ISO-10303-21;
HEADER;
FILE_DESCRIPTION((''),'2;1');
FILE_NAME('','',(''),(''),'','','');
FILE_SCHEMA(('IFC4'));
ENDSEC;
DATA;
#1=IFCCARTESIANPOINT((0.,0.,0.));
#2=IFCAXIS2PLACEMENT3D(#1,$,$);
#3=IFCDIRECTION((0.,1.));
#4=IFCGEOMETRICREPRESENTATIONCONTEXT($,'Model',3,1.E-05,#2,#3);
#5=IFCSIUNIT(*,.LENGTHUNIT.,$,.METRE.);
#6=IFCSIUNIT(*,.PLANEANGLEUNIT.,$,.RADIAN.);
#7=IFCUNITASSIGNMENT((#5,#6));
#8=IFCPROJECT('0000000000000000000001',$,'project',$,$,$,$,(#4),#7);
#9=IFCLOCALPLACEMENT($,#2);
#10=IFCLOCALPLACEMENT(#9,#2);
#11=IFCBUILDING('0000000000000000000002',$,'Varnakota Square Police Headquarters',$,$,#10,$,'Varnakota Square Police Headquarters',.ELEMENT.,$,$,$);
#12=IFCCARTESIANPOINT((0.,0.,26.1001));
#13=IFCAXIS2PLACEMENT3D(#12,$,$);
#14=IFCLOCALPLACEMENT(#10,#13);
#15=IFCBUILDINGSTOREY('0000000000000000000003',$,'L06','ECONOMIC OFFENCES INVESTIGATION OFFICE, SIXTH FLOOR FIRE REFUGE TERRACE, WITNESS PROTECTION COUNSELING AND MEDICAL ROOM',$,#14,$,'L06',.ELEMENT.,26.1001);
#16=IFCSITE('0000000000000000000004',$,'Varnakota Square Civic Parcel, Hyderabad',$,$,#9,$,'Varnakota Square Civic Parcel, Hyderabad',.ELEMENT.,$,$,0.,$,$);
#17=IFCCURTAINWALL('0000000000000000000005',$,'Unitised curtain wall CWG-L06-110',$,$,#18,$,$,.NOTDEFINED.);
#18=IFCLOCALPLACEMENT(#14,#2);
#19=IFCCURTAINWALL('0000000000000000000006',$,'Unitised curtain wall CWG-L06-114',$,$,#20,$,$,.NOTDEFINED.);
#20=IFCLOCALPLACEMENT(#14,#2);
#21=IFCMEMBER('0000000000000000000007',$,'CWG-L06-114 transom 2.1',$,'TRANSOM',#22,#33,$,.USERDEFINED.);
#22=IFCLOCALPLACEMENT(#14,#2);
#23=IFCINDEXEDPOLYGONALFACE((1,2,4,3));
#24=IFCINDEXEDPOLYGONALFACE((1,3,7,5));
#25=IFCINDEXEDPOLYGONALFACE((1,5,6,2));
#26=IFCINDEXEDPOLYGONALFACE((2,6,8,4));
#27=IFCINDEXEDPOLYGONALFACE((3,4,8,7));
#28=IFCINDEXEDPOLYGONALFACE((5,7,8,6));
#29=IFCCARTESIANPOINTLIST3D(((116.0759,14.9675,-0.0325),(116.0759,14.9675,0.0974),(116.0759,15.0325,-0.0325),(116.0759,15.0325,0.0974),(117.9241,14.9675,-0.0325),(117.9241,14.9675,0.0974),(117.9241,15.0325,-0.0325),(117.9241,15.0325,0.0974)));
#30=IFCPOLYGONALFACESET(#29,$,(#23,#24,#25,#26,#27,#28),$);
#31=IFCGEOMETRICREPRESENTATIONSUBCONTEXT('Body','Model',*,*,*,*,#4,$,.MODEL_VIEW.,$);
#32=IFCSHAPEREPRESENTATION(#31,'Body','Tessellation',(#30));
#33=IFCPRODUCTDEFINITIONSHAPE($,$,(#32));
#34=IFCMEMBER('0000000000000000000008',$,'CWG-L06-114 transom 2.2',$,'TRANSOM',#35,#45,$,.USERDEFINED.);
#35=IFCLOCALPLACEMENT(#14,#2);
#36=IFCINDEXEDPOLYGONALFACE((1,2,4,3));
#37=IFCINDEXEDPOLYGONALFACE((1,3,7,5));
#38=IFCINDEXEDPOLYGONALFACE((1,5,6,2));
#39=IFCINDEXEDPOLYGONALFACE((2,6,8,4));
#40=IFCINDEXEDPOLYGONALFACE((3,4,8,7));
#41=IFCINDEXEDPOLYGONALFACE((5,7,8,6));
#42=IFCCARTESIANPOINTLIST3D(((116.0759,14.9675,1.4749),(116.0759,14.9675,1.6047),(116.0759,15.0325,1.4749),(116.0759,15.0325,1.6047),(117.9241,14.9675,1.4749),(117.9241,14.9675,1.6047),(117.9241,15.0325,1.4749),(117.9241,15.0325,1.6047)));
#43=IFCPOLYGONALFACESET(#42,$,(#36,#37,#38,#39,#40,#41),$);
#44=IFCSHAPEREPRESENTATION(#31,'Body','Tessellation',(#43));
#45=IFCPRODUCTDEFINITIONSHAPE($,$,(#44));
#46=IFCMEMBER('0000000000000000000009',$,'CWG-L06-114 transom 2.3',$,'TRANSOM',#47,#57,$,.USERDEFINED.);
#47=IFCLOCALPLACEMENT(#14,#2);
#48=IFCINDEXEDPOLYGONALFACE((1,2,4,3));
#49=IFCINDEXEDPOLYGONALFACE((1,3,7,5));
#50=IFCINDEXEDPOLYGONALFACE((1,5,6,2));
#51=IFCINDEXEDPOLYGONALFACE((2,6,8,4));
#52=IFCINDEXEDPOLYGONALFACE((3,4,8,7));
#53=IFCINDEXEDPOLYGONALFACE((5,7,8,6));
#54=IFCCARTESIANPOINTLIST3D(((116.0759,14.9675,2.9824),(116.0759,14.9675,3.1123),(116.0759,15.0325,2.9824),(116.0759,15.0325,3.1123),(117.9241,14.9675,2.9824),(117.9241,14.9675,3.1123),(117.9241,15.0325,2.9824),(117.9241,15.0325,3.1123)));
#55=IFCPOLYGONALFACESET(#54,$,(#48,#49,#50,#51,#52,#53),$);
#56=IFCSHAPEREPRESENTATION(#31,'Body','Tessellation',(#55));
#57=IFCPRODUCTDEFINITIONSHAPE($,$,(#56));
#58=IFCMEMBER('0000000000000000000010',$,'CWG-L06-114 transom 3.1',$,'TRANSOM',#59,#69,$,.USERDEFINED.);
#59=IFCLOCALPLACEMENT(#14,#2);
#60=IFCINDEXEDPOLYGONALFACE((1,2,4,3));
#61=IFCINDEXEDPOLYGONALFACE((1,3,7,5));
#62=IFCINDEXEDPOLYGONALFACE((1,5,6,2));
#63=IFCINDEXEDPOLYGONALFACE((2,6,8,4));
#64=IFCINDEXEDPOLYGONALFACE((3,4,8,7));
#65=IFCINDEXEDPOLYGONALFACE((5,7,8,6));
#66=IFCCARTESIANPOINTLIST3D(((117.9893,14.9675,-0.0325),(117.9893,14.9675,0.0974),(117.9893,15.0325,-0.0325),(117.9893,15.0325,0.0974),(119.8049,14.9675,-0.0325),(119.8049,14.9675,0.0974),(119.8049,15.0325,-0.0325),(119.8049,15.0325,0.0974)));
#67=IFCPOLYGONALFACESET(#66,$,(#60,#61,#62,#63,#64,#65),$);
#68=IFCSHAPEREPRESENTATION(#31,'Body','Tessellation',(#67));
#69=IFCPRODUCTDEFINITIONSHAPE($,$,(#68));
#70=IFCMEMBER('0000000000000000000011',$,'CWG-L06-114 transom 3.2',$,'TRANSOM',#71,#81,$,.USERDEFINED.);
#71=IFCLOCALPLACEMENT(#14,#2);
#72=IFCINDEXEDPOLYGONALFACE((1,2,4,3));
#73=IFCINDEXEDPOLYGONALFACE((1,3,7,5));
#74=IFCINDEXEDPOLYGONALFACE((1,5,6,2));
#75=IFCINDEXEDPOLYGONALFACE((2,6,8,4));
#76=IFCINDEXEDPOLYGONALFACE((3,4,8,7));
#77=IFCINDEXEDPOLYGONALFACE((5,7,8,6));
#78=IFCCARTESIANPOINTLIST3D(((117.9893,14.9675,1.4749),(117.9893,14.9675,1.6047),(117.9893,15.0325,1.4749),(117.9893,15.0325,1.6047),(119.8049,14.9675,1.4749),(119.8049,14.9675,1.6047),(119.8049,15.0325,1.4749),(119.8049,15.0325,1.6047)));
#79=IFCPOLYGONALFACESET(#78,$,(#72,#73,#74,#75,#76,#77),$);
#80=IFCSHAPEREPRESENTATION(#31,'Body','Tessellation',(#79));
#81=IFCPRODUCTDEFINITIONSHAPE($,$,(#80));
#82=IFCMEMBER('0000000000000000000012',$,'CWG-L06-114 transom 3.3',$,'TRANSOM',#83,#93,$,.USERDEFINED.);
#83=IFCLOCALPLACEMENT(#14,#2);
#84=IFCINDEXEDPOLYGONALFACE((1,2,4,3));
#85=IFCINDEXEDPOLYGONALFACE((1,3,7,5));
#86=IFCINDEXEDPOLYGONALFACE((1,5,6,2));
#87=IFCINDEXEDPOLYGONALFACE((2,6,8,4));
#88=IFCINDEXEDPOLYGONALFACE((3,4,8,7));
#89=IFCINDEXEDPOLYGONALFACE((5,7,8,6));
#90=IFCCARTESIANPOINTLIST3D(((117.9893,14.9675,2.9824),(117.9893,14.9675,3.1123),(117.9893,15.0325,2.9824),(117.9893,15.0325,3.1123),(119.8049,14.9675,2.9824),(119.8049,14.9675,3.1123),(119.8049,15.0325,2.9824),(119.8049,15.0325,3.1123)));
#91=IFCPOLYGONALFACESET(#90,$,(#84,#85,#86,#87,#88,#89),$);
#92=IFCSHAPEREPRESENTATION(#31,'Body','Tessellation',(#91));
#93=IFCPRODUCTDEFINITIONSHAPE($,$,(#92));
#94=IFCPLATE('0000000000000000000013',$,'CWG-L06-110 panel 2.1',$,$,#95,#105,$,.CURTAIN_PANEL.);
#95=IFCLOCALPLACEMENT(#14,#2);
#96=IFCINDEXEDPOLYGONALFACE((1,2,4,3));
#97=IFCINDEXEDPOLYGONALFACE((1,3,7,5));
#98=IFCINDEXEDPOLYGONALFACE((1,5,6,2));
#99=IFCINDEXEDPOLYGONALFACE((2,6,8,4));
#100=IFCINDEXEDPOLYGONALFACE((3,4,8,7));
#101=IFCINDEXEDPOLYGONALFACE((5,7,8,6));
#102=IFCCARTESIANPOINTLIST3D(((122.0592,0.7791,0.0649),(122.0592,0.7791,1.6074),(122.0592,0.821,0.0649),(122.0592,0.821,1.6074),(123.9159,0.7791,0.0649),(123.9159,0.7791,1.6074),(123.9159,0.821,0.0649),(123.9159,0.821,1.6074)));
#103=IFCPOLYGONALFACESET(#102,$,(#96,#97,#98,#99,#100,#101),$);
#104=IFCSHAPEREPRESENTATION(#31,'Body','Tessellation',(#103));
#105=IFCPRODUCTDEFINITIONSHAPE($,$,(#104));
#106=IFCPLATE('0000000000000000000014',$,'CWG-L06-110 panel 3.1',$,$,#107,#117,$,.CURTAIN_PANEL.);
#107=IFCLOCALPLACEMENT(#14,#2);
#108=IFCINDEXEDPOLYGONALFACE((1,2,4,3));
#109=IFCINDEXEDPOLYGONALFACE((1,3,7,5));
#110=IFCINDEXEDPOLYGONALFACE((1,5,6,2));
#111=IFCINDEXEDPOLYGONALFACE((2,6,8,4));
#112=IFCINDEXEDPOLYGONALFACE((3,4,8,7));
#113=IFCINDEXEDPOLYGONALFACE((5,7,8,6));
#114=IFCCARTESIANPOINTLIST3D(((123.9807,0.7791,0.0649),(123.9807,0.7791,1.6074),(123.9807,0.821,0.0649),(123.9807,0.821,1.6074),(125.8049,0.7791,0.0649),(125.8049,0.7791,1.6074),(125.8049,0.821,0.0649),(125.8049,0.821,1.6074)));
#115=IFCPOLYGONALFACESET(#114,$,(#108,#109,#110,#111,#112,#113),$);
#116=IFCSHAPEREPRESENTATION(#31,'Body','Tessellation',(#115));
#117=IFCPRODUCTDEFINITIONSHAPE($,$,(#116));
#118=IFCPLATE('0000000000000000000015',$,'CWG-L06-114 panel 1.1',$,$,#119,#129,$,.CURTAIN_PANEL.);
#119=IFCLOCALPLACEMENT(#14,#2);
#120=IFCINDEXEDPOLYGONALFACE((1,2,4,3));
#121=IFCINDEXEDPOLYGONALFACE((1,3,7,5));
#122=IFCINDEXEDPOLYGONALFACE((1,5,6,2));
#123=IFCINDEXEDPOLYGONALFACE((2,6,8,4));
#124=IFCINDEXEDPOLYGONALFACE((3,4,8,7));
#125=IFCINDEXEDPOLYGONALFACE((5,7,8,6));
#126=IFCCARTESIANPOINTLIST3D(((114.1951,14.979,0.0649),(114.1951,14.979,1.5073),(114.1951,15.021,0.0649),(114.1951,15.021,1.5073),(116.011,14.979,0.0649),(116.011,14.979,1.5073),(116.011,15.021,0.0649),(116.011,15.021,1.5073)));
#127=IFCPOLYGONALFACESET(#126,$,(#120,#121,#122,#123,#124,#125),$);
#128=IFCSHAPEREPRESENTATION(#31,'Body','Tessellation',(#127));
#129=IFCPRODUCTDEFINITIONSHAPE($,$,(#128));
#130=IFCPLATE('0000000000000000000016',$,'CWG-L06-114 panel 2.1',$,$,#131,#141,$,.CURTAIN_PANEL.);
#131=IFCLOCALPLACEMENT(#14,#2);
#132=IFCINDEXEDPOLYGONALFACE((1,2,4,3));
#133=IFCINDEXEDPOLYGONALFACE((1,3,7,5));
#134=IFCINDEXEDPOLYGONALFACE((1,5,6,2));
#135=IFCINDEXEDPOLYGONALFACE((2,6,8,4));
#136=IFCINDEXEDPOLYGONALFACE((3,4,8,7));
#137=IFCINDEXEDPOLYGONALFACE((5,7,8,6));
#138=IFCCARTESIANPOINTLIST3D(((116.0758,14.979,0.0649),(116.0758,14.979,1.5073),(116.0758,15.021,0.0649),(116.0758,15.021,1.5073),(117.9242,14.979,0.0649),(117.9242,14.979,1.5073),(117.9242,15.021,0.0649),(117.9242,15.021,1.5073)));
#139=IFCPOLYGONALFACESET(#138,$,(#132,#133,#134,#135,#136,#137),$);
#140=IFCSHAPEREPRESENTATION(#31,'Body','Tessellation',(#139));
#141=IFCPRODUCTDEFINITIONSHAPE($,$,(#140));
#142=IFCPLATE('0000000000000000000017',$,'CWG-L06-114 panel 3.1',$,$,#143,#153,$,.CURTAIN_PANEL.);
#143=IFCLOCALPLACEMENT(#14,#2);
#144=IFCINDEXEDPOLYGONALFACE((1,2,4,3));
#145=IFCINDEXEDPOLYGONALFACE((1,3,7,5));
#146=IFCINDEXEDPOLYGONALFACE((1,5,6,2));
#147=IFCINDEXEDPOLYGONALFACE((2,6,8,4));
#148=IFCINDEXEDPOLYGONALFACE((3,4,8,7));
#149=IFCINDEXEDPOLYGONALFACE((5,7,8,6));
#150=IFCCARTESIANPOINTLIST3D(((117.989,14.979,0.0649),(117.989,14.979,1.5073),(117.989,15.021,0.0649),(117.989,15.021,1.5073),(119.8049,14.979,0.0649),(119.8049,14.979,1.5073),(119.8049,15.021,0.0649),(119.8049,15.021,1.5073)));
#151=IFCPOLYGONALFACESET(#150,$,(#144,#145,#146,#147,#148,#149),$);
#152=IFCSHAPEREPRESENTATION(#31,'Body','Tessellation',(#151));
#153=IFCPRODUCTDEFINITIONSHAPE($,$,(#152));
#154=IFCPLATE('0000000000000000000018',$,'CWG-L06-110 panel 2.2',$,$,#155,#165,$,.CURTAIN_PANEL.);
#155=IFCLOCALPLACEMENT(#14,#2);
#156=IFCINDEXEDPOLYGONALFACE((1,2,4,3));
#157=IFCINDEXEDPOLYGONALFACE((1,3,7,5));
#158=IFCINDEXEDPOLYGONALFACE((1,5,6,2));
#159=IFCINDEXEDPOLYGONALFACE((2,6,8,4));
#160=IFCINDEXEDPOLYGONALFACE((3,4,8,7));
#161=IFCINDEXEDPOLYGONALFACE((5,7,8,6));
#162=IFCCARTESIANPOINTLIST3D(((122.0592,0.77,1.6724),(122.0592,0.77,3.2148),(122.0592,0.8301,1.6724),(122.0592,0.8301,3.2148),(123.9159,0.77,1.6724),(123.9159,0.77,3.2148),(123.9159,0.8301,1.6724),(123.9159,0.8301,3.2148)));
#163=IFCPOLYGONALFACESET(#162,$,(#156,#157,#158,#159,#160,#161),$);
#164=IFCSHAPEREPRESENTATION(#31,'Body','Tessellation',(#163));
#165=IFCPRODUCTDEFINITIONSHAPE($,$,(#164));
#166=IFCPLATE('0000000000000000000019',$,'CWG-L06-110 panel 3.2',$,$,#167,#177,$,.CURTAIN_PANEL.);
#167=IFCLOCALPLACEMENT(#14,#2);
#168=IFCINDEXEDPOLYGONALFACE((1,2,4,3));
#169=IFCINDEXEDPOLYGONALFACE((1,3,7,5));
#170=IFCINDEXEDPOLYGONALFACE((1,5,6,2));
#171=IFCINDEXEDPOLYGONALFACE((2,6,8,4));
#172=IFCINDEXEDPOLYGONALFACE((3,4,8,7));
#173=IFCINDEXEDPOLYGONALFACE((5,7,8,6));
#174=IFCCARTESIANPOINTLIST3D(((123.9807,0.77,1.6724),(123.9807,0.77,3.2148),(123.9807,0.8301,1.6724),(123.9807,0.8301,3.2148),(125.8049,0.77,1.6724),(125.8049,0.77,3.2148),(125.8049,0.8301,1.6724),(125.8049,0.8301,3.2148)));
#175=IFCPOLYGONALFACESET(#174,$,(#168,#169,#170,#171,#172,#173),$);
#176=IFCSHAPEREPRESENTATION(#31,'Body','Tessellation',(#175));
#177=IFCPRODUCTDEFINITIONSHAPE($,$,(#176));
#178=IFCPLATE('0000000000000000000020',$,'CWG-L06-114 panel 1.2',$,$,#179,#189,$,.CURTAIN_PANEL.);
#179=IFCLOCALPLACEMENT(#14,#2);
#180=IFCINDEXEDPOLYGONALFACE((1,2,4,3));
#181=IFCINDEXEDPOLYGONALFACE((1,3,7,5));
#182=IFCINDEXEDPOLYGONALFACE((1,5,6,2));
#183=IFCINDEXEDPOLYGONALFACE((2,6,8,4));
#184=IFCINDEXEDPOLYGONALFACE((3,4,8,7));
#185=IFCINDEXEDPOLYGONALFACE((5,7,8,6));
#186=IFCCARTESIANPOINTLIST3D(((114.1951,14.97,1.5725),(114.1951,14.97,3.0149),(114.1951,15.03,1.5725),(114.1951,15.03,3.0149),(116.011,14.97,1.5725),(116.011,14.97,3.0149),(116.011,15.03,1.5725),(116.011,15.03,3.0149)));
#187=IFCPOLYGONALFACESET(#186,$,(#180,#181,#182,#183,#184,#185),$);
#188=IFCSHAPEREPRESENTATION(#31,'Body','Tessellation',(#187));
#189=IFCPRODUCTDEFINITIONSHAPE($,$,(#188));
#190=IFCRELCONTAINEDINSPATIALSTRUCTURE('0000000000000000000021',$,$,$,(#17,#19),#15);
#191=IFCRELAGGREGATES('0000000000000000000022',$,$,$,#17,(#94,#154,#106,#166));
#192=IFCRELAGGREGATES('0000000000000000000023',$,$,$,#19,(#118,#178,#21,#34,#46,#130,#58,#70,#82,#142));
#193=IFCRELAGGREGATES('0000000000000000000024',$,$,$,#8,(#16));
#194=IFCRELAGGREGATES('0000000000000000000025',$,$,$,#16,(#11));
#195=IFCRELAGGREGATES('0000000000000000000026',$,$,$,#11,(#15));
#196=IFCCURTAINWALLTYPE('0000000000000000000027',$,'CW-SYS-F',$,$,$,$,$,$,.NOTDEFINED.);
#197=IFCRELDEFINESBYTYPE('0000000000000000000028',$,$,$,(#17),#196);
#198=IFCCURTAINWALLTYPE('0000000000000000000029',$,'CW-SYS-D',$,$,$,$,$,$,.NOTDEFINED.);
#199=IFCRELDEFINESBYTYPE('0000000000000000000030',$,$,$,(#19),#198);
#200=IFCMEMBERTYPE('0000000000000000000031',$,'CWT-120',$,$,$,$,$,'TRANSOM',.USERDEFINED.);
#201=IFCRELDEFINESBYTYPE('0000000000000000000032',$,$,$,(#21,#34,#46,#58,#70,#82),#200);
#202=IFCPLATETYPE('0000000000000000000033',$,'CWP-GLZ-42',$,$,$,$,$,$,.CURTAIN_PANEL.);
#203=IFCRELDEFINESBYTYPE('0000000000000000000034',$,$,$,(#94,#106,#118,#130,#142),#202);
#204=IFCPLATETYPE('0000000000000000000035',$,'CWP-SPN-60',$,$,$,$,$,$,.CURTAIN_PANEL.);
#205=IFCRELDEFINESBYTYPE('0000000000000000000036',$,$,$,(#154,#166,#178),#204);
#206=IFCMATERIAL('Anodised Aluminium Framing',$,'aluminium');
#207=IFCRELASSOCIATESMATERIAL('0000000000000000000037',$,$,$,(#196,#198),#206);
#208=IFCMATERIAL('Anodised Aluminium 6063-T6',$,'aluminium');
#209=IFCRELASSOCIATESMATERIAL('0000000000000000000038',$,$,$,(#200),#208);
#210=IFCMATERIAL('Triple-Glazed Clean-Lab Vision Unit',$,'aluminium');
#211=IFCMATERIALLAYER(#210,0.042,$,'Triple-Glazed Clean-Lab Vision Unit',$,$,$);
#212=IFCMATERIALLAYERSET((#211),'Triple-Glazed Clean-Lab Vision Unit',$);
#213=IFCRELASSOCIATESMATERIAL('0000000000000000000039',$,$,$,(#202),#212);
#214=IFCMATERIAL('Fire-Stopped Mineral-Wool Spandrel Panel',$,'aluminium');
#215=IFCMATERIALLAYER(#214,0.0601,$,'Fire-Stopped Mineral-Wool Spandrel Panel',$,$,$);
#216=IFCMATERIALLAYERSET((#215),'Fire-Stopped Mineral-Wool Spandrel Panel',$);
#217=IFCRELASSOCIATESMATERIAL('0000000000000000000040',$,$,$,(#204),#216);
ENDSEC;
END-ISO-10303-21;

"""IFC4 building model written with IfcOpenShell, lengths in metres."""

from ifc_helpers import new_model, si_unit, direction, frame, origin, origin_2d, place, context, subcontext, project, spatial, rectangle, extrude, material, layer, layer_set, material_profile, profile_set, type_object, element, aggregate, save


model = new_model("IFC4")

# Units and contexts
model_context = context("Model", 3, precision=1e-05, world=origin(), true_north=direction((0.0, 1.0)))
body_context = subcontext(model_context, "Body", "Model", "MODEL_VIEW")
ifc_project = project(units=[si_unit("LENGTHUNIT", "METRE"), si_unit("PLANEANGLEUNIT", "RADIAN")], contexts=[model_context])

# Site, building, storey
site_placement = place(None, origin())
site = spatial("IfcSite", under=ifc_project, at=site_placement, Name="Varnakota Square Civic Parcel, Hyderabad", LongName="Varnakota Square Civic Parcel, Hyderabad", CompositionType="ELEMENT", RefElevation=0.0)
building_placement = place(site_placement, origin())
building = spatial("IfcBuilding", under=site, at=building_placement, Name="Varnakota Square Police Headquarters", LongName="Varnakota Square Police Headquarters", CompositionType="ELEMENT")
storey_placement = place(building_placement, frame((0.0, 0.0, 26.1001)))
storey = spatial("IfcBuildingStorey", under=building, at=storey_placement, Name="L06", Description="ECONOMIC OFFENCES INVESTIGATION OFFICE, SIXTH FLOOR FIRE REFUGE TERRACE, WITNESS PROTECTION COUNSELING AND MEDICAL ROOM", LongName="L06", CompositionType="ELEMENT", Elevation=26.1001)

# Curtain wall
ifc_material_1 = material(Name="Anodised Aluminium Framing", Category="aluminium")
curtain_wall_type_1 = type_object("IfcCurtainWallType", Name="CW-SYS-F", PredefinedType="NOTDEFINED", material=ifc_material_1)
curtain_wall_1_placement = place(storey_placement, origin())
curtain_wall_1 = element("IfcCurtainWall", 1, at=curtain_wall_1_placement, inside=storey, type_object=curtain_wall_type_1, Name="Unitised curtain wall CWG-L06-110", PredefinedType="NOTDEFINED")
ifc_material_2 = material(Name="Anodised Aluminium 6063-T6", Category="aluminium")

# Curtain wall
curtain_wall_type_2 = type_object("IfcCurtainWallType", Name="CW-SYS-D", PredefinedType="NOTDEFINED", material=ifc_material_1)
curtain_wall_2_placement = place(storey_placement, origin())
curtain_wall_2 = element("IfcCurtainWall", 2, at=curtain_wall_2_placement, inside=storey, type_object=curtain_wall_type_2, Name="Unitised curtain wall CWG-L06-114", PredefinedType="NOTDEFINED")

# Members
ifc_material_profile_1 = material_profile(ifc_material_2, rectangle(XDim=0.0649, YDim=0.1299, at=origin_2d()), Name="ALU TRANSOM 65x130")
ifc_profile_set_1 = profile_set([ifc_material_profile_1], Name="Anodised Aluminium 6063-T6")
member_type_1 = type_object("IfcMemberType", Name="CWT-120", ElementType="TRANSOM", PredefinedType="USERDEFINED", material=ifc_profile_set_1)
member_1_placement = place(storey_placement, frame((116.0759, 15.0, 0.0325), z_axis=(1.0, 0.0, 0.0), x_axis=(0.0, 1.0, 0.0)))
member_1 = element("IfcMember", 3, at=member_1_placement, type_object=member_type_1, Name="CWG-L06-114 transom 2.1", ObjectType="TRANSOM", PredefinedType="USERDEFINED", context=body_context, shape_type="SweptSolid", body=[
    extrude(rectangle(XDim=0.0649, YDim=0.1299, at=origin_2d()), origin(), (0.0, 0.0, 1.0), 1.8481),
])
member_2_placement = place(storey_placement, frame((116.0759, 15.0, 1.5398), z_axis=(1.0, 0.0, 0.0), x_axis=(0.0, 1.0, 0.0)))
member_2 = element("IfcMember", 4, at=member_2_placement, type_object=member_type_1, Name="CWG-L06-114 transom 2.2", ObjectType="TRANSOM", PredefinedType="USERDEFINED", context=body_context, shape_type="SweptSolid", body=[
    extrude(rectangle(XDim=0.0649, YDim=0.1299, at=origin_2d()), origin(), (0.0, 0.0, 1.0), 1.8481),
])
member_3_placement = place(storey_placement, frame((116.0759, 15.0, 3.0474), z_axis=(1.0, 0.0, 0.0), x_axis=(0.0, 1.0, 0.0)))
member_3 = element("IfcMember", 5, at=member_3_placement, type_object=member_type_1, Name="CWG-L06-114 transom 2.3", ObjectType="TRANSOM", PredefinedType="USERDEFINED", context=body_context, shape_type="SweptSolid", body=[
    extrude(rectangle(XDim=0.0649, YDim=0.1299, at=origin_2d()), origin(), (0.0, 0.0, 1.0), 1.8481),
])
member_4_placement = place(storey_placement, frame((117.9893, 15.0, 0.0325), z_axis=(1.0, 0.0, 0.0), x_axis=(0.0, 1.0, 0.0)))
member_4 = element("IfcMember", 6, at=member_4_placement, type_object=member_type_1, Name="CWG-L06-114 transom 3.1", ObjectType="TRANSOM", PredefinedType="USERDEFINED", context=body_context, shape_type="SweptSolid", body=[
    extrude(rectangle(XDim=0.0649, YDim=0.1299, at=origin_2d()), origin(), (0.0, 0.0, 1.0), 1.8157),
])
member_5_placement = place(storey_placement, frame((117.9893, 15.0, 1.5398), z_axis=(1.0, 0.0, 0.0), x_axis=(0.0, 1.0, 0.0)))
member_5 = element("IfcMember", 7, at=member_5_placement, type_object=member_type_1, Name="CWG-L06-114 transom 3.2", ObjectType="TRANSOM", PredefinedType="USERDEFINED", context=body_context, shape_type="SweptSolid", body=[
    extrude(rectangle(XDim=0.0649, YDim=0.1299, at=origin_2d()), origin(), (0.0, 0.0, 1.0), 1.8157),
])
member_6_placement = place(storey_placement, frame((117.9893, 15.0, 3.0474), z_axis=(1.0, 0.0, 0.0), x_axis=(0.0, 1.0, 0.0)))
member_6 = element("IfcMember", 8, at=member_6_placement, type_object=member_type_1, Name="CWG-L06-114 transom 3.3", ObjectType="TRANSOM", PredefinedType="USERDEFINED", context=body_context, shape_type="SweptSolid", body=[
    extrude(rectangle(XDim=0.0649, YDim=0.1299, at=origin_2d()), origin(), (0.0, 0.0, 1.0), 1.8157),
])

# Plates
ifc_material_3 = material(Name="Triple-Glazed Clean-Lab Vision Unit", Category="aluminium")
ifc_layer_1 = layer(ifc_material_3, 0.042, Name="Triple-Glazed Clean-Lab Vision Unit")
ifc_layer_set_1 = layer_set([ifc_layer_1], Name="Triple-Glazed Clean-Lab Vision Unit")
plate_type_1 = type_object("IfcPlateType", Name="CWP-GLZ-42", PredefinedType="CURTAIN_PANEL", material=ifc_layer_set_1)
plate_1_placement = place(storey_placement, frame((122.9875, 0.8, 0.0649), z_axis=(0.0, 0.0, 1.0), x_axis=(1.0, 0.0, 0.0)))
plate_1 = element("IfcPlate", 9, at=plate_1_placement, type_object=plate_type_1, Name="CWG-L06-110 panel 2.1", PredefinedType="CURTAIN_PANEL", context=body_context, shape_type="SweptSolid", body=[
    extrude(rectangle(XDim=1.8567, YDim=0.042, at=origin_2d()), origin(), (0.0, 0.0, 1.0), 1.5425),
])
plate_2_placement = place(storey_placement, frame((124.8928, 0.8, 0.0649), z_axis=(0.0, 0.0, 1.0), x_axis=(1.0, 0.0, 0.0)))
plate_2 = element("IfcPlate", 10, at=plate_2_placement, type_object=plate_type_1, Name="CWG-L06-110 panel 3.1", PredefinedType="CURTAIN_PANEL", context=body_context, shape_type="SweptSolid", body=[
    extrude(rectangle(XDim=1.8242, YDim=0.042, at=origin_2d()), origin(), (0.0, 0.0, 1.0), 1.5425),
])
plate_3_placement = place(storey_placement, frame((115.103, 15.0, 0.0649), z_axis=(0.0, 0.0, 1.0), x_axis=(1.0, 0.0, 0.0)))
plate_3 = element("IfcPlate", 11, at=plate_3_placement, type_object=plate_type_1, Name="CWG-L06-114 panel 1.1", PredefinedType="CURTAIN_PANEL", context=body_context, shape_type="SweptSolid", body=[
    extrude(rectangle(XDim=1.8159, YDim=0.042, at=origin_2d()), origin(), (0.0, 0.0, 1.0), 1.4424),
])
plate_4_placement = place(storey_placement, frame((117.0, 15.0, 0.0649), z_axis=(0.0, 0.0, 1.0), x_axis=(1.0, 0.0, 0.0)))
plate_4 = element("IfcPlate", 12, at=plate_4_placement, type_object=plate_type_1, Name="CWG-L06-114 panel 2.1", PredefinedType="CURTAIN_PANEL", context=body_context, shape_type="SweptSolid", body=[
    extrude(rectangle(XDim=1.8484, YDim=0.042, at=origin_2d()), origin(), (0.0, 0.0, 1.0), 1.4424),
])
plate_5_placement = place(storey_placement, frame((118.897, 15.0, 0.0649), z_axis=(0.0, 0.0, 1.0), x_axis=(1.0, 0.0, 0.0)))
plate_5 = element("IfcPlate", 13, at=plate_5_placement, type_object=plate_type_1, Name="CWG-L06-114 panel 3.1", PredefinedType="CURTAIN_PANEL", context=body_context, shape_type="SweptSolid", body=[
    extrude(rectangle(XDim=1.8159, YDim=0.042, at=origin_2d()), origin(), (0.0, 0.0, 1.0), 1.4424),
])
ifc_material_4 = material(Name="Fire-Stopped Mineral-Wool Spandrel Panel", Category="aluminium")
ifc_layer_2 = layer(ifc_material_4, 0.0601, Name="Fire-Stopped Mineral-Wool Spandrel Panel")
ifc_layer_set_2 = layer_set([ifc_layer_2], Name="Fire-Stopped Mineral-Wool Spandrel Panel")
plate_type_2 = type_object("IfcPlateType", Name="CWP-SPN-60", PredefinedType="CURTAIN_PANEL", material=ifc_layer_set_2)
plate_6_placement = place(storey_placement, frame((122.9875, 0.8, 1.6724), z_axis=(0.0, 0.0, 1.0), x_axis=(1.0, 0.0, 0.0)))
plate_6 = element("IfcPlate", 14, at=plate_6_placement, type_object=plate_type_2, Name="CWG-L06-110 panel 2.2", PredefinedType="CURTAIN_PANEL", context=body_context, shape_type="SweptSolid", body=[
    extrude(rectangle(XDim=1.8567, YDim=0.0601, at=origin_2d()), origin(), (0.0, 0.0, 1.0), 1.5425),
])
plate_7_placement = place(storey_placement, frame((124.8928, 0.8, 1.6724), z_axis=(0.0, 0.0, 1.0), x_axis=(1.0, 0.0, 0.0)))
plate_7 = element("IfcPlate", 15, at=plate_7_placement, type_object=plate_type_2, Name="CWG-L06-110 panel 3.2", PredefinedType="CURTAIN_PANEL", context=body_context, shape_type="SweptSolid", body=[
    extrude(rectangle(XDim=1.8242, YDim=0.0601, at=origin_2d()), origin(), (0.0, 0.0, 1.0), 1.5425),
])
aggregate(curtain_wall_1, [plate_1, plate_6, plate_2, plate_7])
plate_8_placement = place(storey_placement, frame((115.103, 15.0, 1.5725), z_axis=(0.0, 0.0, 1.0), x_axis=(1.0, 0.0, 0.0)))
plate_8 = element("IfcPlate", 16, at=plate_8_placement, type_object=plate_type_2, Name="CWG-L06-114 panel 1.2", PredefinedType="CURTAIN_PANEL", context=body_context, shape_type="SweptSolid", body=[
    extrude(rectangle(XDim=1.8159, YDim=0.0601, at=origin_2d()), origin(), (0.0, 0.0, 1.0), 1.4424),
])
aggregate(curtain_wall_2, [plate_3, plate_8, member_1, member_2, member_3, plate_4, member_4, member_5, member_6, plate_5])

save(model, "model.ifc")
